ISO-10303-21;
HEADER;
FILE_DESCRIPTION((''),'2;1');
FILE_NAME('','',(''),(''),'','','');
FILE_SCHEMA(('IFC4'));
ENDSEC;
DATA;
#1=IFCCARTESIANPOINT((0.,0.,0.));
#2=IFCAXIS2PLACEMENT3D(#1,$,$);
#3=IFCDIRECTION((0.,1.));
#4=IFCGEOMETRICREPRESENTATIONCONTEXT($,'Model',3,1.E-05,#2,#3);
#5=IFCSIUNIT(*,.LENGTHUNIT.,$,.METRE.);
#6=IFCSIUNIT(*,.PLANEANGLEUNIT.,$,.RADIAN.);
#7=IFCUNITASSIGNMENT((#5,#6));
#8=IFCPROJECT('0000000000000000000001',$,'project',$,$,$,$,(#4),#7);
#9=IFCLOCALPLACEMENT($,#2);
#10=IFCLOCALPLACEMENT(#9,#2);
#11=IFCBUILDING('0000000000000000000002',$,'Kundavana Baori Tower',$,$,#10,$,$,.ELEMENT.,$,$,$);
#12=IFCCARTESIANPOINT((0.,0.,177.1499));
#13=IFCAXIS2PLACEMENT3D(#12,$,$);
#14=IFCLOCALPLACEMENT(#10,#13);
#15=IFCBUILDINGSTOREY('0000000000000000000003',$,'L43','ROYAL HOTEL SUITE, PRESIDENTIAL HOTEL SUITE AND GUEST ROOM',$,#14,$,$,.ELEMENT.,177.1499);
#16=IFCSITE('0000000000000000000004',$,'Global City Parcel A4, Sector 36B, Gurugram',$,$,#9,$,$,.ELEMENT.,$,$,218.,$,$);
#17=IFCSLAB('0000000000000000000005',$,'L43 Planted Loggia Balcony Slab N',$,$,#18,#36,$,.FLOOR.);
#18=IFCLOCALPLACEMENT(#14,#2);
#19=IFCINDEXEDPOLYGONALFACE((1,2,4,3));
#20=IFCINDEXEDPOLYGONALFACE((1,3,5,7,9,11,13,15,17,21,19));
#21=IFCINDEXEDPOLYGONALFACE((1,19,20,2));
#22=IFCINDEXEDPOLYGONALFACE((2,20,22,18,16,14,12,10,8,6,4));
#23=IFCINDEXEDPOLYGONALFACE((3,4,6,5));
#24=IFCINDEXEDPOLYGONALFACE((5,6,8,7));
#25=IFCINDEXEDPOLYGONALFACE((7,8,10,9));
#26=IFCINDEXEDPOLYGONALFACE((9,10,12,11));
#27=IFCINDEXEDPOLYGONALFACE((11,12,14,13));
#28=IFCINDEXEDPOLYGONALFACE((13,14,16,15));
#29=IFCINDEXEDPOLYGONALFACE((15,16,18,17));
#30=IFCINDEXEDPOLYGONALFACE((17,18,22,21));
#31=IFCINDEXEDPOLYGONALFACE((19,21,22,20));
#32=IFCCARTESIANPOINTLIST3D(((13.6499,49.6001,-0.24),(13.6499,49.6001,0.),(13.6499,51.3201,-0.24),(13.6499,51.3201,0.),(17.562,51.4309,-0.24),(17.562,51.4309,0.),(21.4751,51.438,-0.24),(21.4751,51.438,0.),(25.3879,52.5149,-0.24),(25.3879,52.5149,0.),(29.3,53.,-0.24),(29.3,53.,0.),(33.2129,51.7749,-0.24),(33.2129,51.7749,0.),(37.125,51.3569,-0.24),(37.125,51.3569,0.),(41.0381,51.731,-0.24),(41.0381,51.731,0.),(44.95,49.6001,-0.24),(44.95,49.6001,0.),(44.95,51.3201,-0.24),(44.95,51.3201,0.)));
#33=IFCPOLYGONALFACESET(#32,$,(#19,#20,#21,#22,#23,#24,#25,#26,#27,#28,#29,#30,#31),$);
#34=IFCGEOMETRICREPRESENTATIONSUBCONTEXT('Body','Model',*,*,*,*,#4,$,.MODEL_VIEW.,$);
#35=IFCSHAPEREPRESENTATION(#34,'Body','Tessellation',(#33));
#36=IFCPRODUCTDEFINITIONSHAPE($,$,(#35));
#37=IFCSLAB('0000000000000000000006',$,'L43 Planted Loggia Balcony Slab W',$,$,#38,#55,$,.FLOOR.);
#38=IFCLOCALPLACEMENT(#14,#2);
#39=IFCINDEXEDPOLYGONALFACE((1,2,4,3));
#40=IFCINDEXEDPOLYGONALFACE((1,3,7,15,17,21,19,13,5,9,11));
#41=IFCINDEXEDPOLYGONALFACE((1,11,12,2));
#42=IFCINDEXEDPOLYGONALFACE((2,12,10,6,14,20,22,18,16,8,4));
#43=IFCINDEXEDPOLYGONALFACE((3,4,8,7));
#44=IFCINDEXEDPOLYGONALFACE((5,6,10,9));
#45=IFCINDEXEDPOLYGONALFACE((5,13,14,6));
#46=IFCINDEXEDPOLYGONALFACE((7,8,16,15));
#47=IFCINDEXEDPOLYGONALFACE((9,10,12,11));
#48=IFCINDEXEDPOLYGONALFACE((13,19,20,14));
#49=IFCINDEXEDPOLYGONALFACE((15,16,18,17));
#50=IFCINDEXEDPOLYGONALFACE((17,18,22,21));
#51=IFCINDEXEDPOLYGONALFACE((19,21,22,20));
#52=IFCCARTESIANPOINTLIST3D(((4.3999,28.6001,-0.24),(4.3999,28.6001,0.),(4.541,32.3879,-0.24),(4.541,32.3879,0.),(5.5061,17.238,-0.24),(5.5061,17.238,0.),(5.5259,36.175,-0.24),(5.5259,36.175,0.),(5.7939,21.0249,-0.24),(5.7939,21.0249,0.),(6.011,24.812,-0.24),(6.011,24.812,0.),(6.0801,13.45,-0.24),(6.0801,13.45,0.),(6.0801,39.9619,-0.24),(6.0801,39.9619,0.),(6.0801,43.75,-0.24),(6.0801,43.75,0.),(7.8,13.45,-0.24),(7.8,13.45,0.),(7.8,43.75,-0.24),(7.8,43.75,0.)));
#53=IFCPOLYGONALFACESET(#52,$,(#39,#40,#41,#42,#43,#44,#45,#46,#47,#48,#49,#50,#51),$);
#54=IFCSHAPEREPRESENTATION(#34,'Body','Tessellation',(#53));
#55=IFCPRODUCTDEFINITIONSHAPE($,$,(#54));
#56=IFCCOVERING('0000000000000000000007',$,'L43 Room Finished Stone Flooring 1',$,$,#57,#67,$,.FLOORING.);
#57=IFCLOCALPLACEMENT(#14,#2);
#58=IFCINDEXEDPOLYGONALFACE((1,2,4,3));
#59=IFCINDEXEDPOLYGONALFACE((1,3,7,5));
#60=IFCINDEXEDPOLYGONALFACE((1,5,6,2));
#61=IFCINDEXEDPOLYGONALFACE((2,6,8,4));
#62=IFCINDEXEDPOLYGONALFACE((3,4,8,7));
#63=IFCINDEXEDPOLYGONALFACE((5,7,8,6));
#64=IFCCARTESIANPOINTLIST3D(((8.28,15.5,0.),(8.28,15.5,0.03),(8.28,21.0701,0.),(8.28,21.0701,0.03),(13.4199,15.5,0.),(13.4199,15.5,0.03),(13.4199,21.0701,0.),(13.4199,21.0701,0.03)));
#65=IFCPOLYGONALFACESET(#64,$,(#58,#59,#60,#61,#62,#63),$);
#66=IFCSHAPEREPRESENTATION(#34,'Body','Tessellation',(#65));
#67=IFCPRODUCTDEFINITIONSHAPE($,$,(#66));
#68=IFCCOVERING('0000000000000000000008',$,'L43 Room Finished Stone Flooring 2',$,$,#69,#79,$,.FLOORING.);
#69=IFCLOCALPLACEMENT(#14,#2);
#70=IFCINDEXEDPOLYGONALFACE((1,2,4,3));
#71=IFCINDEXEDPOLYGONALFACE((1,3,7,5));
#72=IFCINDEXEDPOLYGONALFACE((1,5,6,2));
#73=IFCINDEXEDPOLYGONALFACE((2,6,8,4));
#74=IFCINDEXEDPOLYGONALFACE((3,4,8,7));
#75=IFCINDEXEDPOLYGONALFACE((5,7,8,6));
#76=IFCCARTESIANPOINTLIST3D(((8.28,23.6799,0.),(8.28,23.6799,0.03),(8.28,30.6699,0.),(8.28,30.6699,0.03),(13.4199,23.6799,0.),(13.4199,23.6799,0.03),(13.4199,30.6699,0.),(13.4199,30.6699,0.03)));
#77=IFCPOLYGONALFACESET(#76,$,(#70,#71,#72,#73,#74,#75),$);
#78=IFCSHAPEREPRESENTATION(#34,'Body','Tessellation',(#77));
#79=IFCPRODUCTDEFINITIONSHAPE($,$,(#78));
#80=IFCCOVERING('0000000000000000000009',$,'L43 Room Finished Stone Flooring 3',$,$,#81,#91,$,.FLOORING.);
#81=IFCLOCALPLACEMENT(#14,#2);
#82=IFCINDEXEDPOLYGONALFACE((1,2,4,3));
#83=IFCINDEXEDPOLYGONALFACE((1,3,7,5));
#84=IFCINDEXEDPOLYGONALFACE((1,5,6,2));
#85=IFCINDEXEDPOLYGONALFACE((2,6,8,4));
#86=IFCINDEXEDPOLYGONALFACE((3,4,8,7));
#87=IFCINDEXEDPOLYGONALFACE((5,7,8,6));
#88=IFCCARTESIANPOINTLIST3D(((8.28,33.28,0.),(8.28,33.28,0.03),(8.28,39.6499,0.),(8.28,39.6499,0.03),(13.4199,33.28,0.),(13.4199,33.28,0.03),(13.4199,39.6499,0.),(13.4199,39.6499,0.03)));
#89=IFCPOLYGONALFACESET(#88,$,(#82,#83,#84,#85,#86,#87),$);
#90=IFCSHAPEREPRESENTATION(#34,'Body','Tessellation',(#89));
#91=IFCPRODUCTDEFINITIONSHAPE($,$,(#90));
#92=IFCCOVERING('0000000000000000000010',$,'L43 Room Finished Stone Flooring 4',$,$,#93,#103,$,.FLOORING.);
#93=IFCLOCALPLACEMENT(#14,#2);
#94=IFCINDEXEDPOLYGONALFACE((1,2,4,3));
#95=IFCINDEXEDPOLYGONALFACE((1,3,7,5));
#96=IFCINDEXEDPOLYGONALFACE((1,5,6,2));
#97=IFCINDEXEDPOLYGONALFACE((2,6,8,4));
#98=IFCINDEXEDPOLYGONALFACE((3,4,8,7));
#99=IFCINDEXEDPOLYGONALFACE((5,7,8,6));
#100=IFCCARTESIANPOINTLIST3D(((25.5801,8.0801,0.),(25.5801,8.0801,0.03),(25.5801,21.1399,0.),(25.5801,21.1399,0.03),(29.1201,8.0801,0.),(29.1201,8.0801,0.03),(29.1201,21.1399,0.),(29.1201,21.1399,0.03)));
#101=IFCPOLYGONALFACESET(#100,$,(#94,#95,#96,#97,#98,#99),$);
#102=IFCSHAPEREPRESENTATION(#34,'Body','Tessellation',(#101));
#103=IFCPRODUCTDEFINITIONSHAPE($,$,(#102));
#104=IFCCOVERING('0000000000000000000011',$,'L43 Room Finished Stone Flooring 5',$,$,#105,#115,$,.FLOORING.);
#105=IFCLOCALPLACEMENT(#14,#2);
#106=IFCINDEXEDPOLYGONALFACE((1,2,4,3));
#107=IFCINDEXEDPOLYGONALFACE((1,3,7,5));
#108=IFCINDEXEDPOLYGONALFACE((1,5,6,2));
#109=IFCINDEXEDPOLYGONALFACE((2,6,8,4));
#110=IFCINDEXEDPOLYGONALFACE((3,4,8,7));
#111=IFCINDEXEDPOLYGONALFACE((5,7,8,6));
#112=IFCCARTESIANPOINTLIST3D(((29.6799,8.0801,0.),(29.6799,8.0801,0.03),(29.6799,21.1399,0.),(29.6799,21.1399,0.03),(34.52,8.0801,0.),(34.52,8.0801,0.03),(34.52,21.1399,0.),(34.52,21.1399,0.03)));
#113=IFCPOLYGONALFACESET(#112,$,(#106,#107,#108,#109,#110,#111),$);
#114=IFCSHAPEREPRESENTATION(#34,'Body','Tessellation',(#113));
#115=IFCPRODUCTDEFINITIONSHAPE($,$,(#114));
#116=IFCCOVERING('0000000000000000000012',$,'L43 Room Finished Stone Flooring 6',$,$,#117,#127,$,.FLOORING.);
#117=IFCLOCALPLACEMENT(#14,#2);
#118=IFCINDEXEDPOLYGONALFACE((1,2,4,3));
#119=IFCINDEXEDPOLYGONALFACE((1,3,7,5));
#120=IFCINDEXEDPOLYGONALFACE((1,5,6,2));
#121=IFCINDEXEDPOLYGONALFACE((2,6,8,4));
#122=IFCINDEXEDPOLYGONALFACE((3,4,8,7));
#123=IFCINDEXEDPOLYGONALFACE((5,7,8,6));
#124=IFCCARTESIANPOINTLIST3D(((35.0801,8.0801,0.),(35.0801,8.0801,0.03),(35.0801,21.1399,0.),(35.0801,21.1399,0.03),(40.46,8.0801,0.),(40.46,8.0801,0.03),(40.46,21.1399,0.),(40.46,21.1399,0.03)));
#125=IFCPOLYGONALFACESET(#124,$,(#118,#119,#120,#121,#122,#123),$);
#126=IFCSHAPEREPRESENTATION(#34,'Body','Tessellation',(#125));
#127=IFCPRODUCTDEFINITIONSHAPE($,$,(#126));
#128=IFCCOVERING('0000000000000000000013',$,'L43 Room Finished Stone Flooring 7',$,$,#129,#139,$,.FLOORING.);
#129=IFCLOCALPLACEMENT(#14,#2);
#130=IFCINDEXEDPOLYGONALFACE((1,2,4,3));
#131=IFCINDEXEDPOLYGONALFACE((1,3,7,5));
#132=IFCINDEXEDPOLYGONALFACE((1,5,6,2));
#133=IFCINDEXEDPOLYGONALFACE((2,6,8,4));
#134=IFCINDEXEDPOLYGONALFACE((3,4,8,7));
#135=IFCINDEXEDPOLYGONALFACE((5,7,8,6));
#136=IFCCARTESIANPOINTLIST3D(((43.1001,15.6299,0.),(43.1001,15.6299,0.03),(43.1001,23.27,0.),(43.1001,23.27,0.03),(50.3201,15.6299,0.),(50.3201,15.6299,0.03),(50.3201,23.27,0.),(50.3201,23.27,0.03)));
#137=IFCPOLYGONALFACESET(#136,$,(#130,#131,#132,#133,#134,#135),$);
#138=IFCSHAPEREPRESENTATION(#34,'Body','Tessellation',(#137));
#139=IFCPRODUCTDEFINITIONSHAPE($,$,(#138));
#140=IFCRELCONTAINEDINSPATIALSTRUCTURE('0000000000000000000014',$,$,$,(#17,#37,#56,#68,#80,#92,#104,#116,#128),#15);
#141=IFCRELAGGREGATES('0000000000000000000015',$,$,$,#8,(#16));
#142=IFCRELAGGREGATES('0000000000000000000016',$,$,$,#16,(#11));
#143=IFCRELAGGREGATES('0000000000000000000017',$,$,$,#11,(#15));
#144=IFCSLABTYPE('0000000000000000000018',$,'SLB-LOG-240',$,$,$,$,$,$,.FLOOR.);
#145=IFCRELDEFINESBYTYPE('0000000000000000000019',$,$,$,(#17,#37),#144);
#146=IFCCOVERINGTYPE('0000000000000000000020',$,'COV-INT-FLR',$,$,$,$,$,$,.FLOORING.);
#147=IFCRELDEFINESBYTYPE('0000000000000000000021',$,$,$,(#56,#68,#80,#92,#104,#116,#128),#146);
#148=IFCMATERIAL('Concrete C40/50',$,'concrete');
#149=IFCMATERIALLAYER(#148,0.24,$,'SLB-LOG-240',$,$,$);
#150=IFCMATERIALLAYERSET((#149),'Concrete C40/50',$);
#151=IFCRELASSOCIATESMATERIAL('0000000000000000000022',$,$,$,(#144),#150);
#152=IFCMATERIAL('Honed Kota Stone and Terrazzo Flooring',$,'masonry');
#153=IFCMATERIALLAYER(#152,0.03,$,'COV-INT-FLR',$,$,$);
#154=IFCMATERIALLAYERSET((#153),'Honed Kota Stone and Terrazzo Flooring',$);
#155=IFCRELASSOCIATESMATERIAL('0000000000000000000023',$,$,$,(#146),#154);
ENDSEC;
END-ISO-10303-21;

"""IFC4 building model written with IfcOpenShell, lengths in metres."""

from ifc_helpers import new_model, si_unit, direction, frame, origin, place, context, subcontext, project, spatial, polyline, outline, extrude, material, layer, layer_set, type_object, element, save


model = new_model("IFC4")

# Units and contexts
model_context = context("Model", 3, precision=1e-05, world=origin(), true_north=direction((0.0, 1.0)))
body_context = subcontext(model_context, "Body", "Model", "MODEL_VIEW")
ifc_project = project(units=[si_unit("LENGTHUNIT", "METRE"), si_unit("PLANEANGLEUNIT", "RADIAN")], contexts=[model_context])

# Site, building, storey
site_placement = place(None, origin())
site = spatial("IfcSite", under=ifc_project, at=site_placement, Name="Global City Parcel A4, Sector 36B, Gurugram", CompositionType="ELEMENT", RefElevation=218.0)
building_placement = place(site_placement, origin())
building = spatial("IfcBuilding", under=site, at=building_placement, Name="Kundavana Baori Tower", CompositionType="ELEMENT")
storey_placement = place(building_placement, frame((0.0, 0.0, 177.1499)))
storey = spatial("IfcBuildingStorey", under=building, at=storey_placement, Name="L43", Description="ROYAL HOTEL SUITE, PRESIDENTIAL HOTEL SUITE AND GUEST ROOM", CompositionType="ELEMENT", Elevation=177.1499)

# Slabs
ifc_material_1 = material(Name="Concrete C40/50", Category="concrete")
ifc_layer_1 = layer(ifc_material_1, 0.24, Name="SLB-LOG-240")
ifc_layer_set_1 = layer_set([ifc_layer_1], Name="Concrete C40/50")
slab_type_1 = type_object("IfcSlabType", Name="SLB-LOG-240", PredefinedType="FLOOR", material=ifc_layer_set_1)
slab_1_placement = place(storey_placement, frame((0.0, 0.0, -0.24)))
element("IfcSlab", 1, at=slab_1_placement, inside=storey, type_object=slab_type_1, Name="L43 Planted Loggia Balcony Slab N", PredefinedType="FLOOR", context=body_context, shape_type="SweptSolid", body=[
    extrude(outline(polyline([(44.95, 49.6001), (13.6499, 49.6001), (13.6499, 51.3201), (17.562, 51.4309), (21.4751, 51.438), (25.3879, 52.5149), (29.3, 53.0), (33.2129, 51.7749), (37.125, 51.3569), (41.0381, 51.731), (44.95, 51.3201), (44.95, 49.6001)])), origin(), (0.0, 0.0, 1.0), 0.24),
])
slab_2_placement = place(storey_placement, frame((0.0, 0.0, -0.24)))
element("IfcSlab", 2, at=slab_2_placement, inside=storey, type_object=slab_type_1, Name="L43 Planted Loggia Balcony Slab W", PredefinedType="FLOOR", context=body_context, shape_type="SweptSolid", body=[
    extrude(outline(polyline([(7.8, 43.75), (7.8, 13.45), (6.0801, 13.45), (5.5061, 17.238), (5.7939, 21.0249), (6.011, 24.812), (4.3999, 28.6001), (4.541, 32.3879), (5.5259, 36.175), (6.0801, 39.9619), (6.0801, 43.75), (7.8, 43.75)])), origin(), (0.0, 0.0, 1.0), 0.24),
])

# Coverings
ifc_material_2 = material(Name="Honed Kota Stone and Terrazzo Flooring", Category="masonry")
ifc_layer_2 = layer(ifc_material_2, 0.03, Name="COV-INT-FLR")
ifc_layer_set_2 = layer_set([ifc_layer_2], Name="Honed Kota Stone and Terrazzo Flooring")
covering_type = type_object("IfcCoveringType", Name="COV-INT-FLR", PredefinedType="FLOORING", material=ifc_layer_set_2)
covering_1_placement = place(storey_placement, origin())
element("IfcCovering", 3, at=covering_1_placement, inside=storey, type_object=covering_type, Name="L43 Room Finished Stone Flooring 1", PredefinedType="FLOORING", context=body_context, shape_type="SweptSolid", body=[
    extrude(outline(polyline([(8.28, 15.5), (13.4199, 15.5), (13.4199, 21.0701), (8.28, 21.0701), (8.28, 15.5)])), origin(), (0.0, 0.0, 1.0), 0.03),
])
covering_2_placement = place(storey_placement, origin())
element("IfcCovering", 4, at=covering_2_placement, inside=storey, type_object=covering_type, Name="L43 Room Finished Stone Flooring 2", PredefinedType="FLOORING", context=body_context, shape_type="SweptSolid", body=[
    extrude(outline(polyline([(8.28, 23.6799), (13.4199, 23.6799), (13.4199, 30.6699), (8.28, 30.6699), (8.28, 23.6799)])), origin(), (0.0, 0.0, 1.0), 0.03),
])
covering_3_placement = place(storey_placement, origin())
element("IfcCovering", 5, at=covering_3_placement, inside=storey, type_object=covering_type, Name="L43 Room Finished Stone Flooring 3", PredefinedType="FLOORING", context=body_context, shape_type="SweptSolid", body=[
    extrude(outline(polyline([(8.28, 33.28), (13.4199, 33.28), (13.4199, 39.6499), (8.28, 39.6499), (8.28, 33.28)])), origin(), (0.0, 0.0, 1.0), 0.03),
])
covering_4_placement = place(storey_placement, origin())
element("IfcCovering", 6, at=covering_4_placement, inside=storey, type_object=covering_type, Name="L43 Room Finished Stone Flooring 4", PredefinedType="FLOORING", context=body_context, shape_type="SweptSolid", body=[
    extrude(outline(polyline([(25.5801, 8.0801), (29.1201, 8.0801), (29.1201, 21.1399), (25.5801, 21.1399), (25.5801, 8.0801)])), origin(), (0.0, 0.0, 1.0), 0.03),
])
covering_5_placement = place(storey_placement, origin())
element("IfcCovering", 7, at=covering_5_placement, inside=storey, type_object=covering_type, Name="L43 Room Finished Stone Flooring 5", PredefinedType="FLOORING", context=body_context, shape_type="SweptSolid", body=[
    extrude(outline(polyline([(29.6799, 8.0801), (34.52, 8.0801), (34.52, 21.1399), (29.6799, 21.1399), (29.6799, 8.0801)])), origin(), (0.0, 0.0, 1.0), 0.03),
])
covering_6_placement = place(storey_placement, origin())
element("IfcCovering", 8, at=covering_6_placement, inside=storey, type_object=covering_type, Name="L43 Room Finished Stone Flooring 6", PredefinedType="FLOORING", context=body_context, shape_type="SweptSolid", body=[
    extrude(outline(polyline([(35.0801, 8.0801), (40.46, 8.0801), (40.46, 21.1399), (35.0801, 21.1399), (35.0801, 8.0801)])), origin(), (0.0, 0.0, 1.0), 0.03),
])
covering_7_placement = place(storey_placement, origin())
element("IfcCovering", 9, at=covering_7_placement, inside=storey, type_object=covering_type, Name="L43 Room Finished Stone Flooring 7", PredefinedType="FLOORING", context=body_context, shape_type="SweptSolid", body=[
    extrude(outline(polyline([(43.1001, 15.6299), (50.3201, 15.6299), (50.3201, 23.27), (43.1001, 23.27), (43.1001, 15.6299)])), origin(), (0.0, 0.0, 1.0), 0.03),
])

save(model, "model.ifc")
